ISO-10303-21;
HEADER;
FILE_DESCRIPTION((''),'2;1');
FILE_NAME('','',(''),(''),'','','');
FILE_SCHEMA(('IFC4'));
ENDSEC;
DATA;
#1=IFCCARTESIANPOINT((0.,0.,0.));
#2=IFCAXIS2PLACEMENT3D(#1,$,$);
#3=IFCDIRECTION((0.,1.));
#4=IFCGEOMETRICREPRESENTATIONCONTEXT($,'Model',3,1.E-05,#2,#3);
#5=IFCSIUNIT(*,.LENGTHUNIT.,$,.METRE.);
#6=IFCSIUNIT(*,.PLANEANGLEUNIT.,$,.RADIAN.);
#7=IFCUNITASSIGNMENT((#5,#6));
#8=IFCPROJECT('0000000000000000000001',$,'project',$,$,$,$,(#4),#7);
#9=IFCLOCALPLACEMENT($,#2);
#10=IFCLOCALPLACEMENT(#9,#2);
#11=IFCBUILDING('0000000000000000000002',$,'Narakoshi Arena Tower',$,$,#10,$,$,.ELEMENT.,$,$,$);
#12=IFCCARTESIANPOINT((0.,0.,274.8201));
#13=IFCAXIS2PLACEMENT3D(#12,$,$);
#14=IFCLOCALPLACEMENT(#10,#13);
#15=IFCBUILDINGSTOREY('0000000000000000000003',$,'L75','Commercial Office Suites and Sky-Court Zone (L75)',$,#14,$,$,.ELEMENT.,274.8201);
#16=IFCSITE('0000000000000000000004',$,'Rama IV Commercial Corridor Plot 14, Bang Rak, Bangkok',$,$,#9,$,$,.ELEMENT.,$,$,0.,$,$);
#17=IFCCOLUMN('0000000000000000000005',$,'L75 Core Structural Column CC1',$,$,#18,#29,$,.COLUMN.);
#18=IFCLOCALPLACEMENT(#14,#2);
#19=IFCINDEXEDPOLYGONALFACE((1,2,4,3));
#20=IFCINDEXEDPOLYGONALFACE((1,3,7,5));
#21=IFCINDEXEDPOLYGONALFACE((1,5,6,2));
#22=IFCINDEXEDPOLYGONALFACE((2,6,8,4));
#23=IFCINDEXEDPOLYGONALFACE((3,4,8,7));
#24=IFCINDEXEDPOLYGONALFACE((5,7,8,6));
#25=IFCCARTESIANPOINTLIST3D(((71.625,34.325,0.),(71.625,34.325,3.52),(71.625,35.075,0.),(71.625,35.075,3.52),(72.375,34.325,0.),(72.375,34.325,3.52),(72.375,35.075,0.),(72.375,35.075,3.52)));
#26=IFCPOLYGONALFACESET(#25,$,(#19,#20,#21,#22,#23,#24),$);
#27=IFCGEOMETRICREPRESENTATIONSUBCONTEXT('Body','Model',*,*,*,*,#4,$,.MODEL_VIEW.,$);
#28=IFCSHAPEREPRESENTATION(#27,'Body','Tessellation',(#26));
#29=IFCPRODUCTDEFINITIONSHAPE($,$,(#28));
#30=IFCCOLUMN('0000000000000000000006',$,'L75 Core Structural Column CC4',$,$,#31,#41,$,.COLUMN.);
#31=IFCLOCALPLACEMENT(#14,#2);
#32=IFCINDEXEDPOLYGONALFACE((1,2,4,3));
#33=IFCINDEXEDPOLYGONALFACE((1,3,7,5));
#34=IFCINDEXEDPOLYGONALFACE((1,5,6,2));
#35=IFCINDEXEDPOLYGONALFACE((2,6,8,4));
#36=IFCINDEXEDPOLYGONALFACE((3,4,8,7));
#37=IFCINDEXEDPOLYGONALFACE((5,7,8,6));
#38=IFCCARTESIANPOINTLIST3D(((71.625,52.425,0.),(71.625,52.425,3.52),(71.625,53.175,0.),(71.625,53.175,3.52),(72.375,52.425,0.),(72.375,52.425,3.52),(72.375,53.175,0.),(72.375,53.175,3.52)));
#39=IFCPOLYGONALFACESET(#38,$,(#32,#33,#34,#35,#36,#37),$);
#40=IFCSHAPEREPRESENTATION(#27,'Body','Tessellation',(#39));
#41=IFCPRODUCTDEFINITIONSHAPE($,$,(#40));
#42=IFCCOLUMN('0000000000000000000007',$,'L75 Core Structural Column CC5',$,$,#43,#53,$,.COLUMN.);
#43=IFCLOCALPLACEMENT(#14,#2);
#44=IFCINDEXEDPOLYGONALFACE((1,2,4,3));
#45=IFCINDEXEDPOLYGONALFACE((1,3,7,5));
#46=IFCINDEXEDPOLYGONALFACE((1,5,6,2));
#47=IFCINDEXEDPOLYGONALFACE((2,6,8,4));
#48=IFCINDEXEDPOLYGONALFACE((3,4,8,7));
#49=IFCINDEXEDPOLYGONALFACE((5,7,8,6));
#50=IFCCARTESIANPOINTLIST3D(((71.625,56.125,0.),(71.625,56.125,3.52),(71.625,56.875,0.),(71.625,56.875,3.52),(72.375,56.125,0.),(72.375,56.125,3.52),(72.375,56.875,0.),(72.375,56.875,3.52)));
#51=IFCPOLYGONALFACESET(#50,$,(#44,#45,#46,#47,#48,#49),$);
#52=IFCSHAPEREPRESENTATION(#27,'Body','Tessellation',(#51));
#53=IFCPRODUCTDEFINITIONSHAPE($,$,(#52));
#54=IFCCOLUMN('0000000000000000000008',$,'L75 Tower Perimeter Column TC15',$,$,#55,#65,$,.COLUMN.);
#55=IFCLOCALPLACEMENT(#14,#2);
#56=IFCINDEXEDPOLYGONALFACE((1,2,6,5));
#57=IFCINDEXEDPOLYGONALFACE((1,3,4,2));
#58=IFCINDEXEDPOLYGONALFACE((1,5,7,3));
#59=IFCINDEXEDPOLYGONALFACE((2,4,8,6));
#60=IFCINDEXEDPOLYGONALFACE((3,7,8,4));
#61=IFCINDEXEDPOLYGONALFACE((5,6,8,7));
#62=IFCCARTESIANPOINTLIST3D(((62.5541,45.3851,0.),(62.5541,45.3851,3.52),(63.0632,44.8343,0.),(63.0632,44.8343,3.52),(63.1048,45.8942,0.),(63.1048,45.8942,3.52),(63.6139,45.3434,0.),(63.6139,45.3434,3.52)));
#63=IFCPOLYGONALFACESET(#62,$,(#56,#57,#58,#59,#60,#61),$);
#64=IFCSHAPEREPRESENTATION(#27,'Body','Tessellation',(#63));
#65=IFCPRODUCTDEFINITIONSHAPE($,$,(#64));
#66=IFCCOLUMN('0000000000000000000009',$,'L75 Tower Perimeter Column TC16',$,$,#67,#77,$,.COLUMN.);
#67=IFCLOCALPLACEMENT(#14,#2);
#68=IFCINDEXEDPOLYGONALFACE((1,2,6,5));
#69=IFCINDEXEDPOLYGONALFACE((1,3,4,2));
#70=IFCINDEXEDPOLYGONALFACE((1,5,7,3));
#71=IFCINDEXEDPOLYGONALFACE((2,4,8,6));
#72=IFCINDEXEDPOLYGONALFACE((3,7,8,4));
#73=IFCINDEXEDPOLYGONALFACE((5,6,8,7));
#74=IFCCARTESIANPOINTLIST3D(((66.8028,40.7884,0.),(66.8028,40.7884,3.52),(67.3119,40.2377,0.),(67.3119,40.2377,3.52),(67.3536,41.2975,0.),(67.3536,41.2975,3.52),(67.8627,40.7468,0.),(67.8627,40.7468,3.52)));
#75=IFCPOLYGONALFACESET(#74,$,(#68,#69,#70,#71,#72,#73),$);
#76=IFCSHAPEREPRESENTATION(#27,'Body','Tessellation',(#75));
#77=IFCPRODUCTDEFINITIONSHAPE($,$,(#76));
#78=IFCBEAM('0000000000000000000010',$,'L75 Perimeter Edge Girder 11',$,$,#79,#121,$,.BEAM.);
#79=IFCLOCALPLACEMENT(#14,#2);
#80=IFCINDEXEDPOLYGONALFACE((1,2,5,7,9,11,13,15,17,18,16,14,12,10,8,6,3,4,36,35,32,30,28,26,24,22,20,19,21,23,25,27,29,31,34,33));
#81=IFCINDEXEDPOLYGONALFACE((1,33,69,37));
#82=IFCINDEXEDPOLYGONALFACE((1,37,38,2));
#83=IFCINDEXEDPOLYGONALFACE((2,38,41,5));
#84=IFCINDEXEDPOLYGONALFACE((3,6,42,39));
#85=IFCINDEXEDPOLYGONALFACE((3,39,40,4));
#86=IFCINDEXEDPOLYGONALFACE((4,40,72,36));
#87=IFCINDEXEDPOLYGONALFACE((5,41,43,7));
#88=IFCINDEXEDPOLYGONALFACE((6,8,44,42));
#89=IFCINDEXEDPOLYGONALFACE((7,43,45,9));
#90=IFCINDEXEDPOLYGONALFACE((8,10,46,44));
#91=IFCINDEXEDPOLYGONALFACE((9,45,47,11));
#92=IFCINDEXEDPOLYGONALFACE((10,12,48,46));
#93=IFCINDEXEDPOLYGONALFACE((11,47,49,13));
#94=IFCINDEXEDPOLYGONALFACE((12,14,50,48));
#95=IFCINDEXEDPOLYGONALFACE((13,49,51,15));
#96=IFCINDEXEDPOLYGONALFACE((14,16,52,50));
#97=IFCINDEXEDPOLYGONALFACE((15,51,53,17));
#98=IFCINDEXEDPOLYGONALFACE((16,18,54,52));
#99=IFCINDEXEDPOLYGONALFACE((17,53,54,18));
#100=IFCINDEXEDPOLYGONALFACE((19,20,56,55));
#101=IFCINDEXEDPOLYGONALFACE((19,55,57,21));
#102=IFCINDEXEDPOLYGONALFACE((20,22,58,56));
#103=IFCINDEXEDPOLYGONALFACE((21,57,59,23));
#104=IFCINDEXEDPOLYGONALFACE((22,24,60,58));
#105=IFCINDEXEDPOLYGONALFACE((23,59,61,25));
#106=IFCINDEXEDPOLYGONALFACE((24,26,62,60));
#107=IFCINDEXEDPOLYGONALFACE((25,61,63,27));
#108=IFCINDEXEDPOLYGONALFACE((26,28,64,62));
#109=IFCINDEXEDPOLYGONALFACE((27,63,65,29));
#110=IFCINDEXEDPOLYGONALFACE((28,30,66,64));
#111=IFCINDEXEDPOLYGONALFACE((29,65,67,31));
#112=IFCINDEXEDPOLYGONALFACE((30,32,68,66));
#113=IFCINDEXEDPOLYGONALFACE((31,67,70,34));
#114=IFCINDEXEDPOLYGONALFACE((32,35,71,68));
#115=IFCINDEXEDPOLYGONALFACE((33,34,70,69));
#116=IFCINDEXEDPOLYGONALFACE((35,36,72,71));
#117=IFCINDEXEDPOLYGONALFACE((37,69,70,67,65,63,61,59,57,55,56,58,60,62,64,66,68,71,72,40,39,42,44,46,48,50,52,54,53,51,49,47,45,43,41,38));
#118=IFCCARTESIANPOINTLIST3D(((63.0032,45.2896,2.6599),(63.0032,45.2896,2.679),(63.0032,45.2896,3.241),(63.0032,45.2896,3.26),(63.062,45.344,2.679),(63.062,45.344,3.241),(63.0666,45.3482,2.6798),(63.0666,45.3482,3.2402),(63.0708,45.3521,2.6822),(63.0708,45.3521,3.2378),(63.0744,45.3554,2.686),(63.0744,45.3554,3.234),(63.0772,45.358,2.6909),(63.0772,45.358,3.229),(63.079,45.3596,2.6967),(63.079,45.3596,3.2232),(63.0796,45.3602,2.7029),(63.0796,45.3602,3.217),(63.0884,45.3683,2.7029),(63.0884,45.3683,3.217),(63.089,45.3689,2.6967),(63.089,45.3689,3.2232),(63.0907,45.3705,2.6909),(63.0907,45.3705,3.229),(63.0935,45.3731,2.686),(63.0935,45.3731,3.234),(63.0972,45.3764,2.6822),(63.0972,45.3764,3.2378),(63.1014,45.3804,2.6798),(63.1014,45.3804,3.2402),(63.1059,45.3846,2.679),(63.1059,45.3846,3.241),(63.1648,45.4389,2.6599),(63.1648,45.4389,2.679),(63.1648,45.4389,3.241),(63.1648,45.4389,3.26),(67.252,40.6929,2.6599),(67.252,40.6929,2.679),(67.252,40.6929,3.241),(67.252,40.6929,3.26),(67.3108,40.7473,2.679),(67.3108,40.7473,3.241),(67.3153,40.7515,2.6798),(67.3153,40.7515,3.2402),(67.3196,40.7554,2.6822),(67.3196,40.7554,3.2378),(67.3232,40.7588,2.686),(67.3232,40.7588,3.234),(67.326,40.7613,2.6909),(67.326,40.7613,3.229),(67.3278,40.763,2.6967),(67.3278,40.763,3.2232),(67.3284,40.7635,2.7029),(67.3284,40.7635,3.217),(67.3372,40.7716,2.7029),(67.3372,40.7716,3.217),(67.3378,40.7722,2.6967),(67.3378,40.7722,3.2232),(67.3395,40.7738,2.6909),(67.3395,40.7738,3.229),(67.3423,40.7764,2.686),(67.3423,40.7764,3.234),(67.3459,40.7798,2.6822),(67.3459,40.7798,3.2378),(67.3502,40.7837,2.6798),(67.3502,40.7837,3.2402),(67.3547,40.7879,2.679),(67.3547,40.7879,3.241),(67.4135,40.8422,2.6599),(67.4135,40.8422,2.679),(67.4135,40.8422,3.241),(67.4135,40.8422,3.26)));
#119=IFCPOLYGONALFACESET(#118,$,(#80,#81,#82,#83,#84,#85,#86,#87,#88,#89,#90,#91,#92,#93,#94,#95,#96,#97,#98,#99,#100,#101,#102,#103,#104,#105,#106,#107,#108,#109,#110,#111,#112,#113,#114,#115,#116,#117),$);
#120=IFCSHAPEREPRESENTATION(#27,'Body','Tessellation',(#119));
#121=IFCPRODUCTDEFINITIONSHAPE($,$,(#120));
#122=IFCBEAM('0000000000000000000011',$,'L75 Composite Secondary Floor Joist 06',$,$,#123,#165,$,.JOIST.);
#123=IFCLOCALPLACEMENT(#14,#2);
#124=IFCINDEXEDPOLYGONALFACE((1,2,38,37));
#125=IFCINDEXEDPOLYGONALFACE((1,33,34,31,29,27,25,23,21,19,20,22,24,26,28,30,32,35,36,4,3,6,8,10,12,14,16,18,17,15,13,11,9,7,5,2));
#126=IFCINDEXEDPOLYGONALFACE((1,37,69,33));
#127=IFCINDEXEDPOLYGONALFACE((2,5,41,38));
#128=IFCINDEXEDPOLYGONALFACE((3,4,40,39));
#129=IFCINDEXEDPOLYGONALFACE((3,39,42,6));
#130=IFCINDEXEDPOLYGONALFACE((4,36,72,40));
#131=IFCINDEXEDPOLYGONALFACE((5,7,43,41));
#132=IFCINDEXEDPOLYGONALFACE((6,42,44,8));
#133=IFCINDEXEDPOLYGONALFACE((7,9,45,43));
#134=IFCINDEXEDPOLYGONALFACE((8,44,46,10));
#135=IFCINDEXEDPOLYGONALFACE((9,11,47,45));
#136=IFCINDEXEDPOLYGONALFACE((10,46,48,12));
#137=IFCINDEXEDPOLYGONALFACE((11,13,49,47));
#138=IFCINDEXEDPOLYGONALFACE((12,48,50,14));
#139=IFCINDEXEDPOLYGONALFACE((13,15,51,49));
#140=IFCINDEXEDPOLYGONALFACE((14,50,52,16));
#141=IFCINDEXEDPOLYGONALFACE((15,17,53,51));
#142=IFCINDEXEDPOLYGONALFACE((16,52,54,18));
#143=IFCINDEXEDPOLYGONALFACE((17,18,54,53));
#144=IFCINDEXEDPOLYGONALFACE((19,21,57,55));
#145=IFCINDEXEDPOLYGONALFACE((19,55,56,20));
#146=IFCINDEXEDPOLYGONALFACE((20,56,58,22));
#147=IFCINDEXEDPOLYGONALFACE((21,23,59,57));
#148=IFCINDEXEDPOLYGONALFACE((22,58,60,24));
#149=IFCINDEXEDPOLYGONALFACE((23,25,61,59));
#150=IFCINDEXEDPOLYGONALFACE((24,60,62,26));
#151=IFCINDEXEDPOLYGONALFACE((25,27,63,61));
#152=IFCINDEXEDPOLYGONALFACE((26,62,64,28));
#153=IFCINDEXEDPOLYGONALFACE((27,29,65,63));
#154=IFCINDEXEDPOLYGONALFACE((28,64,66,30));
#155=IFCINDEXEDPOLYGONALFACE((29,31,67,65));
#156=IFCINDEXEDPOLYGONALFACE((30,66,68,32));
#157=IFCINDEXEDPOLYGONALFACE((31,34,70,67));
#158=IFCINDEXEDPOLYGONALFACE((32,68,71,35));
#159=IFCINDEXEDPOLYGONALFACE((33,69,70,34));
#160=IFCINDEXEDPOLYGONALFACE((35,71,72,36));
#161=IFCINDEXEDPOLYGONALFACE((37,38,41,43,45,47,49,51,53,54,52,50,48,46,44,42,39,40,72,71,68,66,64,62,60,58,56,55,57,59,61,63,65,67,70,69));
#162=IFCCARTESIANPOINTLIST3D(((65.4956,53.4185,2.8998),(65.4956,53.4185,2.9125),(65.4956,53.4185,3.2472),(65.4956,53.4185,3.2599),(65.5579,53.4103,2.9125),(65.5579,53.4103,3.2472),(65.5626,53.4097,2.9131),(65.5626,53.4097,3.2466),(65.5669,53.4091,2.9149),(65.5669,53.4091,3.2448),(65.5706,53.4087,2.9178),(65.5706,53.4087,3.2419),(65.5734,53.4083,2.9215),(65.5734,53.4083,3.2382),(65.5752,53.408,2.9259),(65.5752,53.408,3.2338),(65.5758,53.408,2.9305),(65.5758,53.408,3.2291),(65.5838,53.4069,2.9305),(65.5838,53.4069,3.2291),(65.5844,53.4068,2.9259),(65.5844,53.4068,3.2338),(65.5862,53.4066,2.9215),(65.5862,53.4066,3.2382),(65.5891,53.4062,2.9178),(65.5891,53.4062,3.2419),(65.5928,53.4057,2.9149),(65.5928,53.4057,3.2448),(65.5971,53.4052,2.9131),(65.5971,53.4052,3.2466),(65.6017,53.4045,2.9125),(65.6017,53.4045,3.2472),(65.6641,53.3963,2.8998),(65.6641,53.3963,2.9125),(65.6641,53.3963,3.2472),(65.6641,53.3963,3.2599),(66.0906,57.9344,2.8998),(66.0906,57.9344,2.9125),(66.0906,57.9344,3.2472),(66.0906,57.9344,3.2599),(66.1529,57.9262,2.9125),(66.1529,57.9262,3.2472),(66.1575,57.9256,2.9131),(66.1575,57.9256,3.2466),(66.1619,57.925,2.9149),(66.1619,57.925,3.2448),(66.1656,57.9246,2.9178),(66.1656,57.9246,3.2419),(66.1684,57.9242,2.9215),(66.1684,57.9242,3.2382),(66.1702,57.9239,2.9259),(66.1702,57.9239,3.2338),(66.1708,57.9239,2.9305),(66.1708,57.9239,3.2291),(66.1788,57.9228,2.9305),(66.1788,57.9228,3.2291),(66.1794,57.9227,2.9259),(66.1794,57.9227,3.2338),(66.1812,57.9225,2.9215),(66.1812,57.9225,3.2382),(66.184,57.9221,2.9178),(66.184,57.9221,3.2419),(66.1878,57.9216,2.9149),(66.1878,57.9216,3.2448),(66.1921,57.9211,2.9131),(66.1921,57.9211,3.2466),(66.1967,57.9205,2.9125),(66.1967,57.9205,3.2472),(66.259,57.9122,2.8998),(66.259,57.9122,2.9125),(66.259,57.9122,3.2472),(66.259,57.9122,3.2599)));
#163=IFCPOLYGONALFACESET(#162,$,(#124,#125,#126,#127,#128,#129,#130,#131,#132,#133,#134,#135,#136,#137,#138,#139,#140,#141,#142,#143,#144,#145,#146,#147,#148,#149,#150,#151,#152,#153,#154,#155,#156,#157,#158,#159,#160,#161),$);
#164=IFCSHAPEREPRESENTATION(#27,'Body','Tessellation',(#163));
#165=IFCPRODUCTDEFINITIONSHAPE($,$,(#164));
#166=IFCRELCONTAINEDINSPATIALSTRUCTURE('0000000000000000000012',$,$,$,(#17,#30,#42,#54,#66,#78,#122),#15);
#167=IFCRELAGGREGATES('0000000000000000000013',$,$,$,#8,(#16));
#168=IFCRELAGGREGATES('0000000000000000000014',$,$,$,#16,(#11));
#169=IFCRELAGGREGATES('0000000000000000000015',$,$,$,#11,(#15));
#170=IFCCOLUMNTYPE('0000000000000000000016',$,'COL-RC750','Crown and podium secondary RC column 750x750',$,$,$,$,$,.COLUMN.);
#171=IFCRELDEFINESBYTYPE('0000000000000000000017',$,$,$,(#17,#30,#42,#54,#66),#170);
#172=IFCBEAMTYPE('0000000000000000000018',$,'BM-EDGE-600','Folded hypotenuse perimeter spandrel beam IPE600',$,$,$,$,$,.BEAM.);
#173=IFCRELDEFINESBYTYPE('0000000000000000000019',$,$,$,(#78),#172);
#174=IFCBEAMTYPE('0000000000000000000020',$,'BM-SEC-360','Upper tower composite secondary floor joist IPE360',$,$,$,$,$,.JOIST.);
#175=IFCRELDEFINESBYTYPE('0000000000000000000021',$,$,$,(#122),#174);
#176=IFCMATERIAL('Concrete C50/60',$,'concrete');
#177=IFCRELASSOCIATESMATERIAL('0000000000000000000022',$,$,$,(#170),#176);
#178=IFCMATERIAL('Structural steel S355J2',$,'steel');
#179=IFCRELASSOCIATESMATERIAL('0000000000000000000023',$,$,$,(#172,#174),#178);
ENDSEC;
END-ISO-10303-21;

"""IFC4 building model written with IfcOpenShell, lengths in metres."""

from ifc_helpers import new_model, si_unit, direction, frame, origin, origin_2d, place, context, subcontext, project, spatial, rectangle, i_section, extrude, material, material_profile, profile_set, type_object, element, save


model = new_model("IFC4")

# Units and contexts
model_context = context("Model", 3, precision=1e-05, world=origin(), true_north=direction((0.0, 1.0)))
body_context = subcontext(model_context, "Body", "Model", "MODEL_VIEW")
ifc_project = project(units=[si_unit("LENGTHUNIT", "METRE"), si_unit("PLANEANGLEUNIT", "RADIAN")], contexts=[model_context])

# Site, building, storey
site_placement = place(None, origin())
site = spatial("IfcSite", under=ifc_project, at=site_placement, Name="Rama IV Commercial Corridor Plot 14, Bang Rak, Bangkok", CompositionType="ELEMENT", RefElevation=0.0)
building_placement = place(site_placement, origin())
building = spatial("IfcBuilding", under=site, at=building_placement, Name="Narakoshi Arena Tower", CompositionType="ELEMENT")
storey_placement = place(building_placement, frame((0.0, 0.0, 274.8201)))
storey = spatial("IfcBuildingStorey", under=building, at=storey_placement, Name="L75", Description="Commercial Office Suites and Sky-Court Zone (L75)", CompositionType="ELEMENT", Elevation=274.8201)

# Columns
ifc_material_1 = material(Name="Concrete C50/60", Category="concrete")
ifc_material_profile_1 = material_profile(ifc_material_1, rectangle(XDim=0.75, YDim=0.75, at=origin_2d()), Name="RC750x750")
ifc_profile_set_1 = profile_set([ifc_material_profile_1], Name="Concrete C50/60")
column_type = type_object("IfcColumnType", Name="COL-RC750", Description="Crown and podium secondary RC column 750x750", PredefinedType="COLUMN", material=ifc_profile_set_1)
for number, where, z_axis, x_axis, name in (
    (1, (72.0, 34.7, 0.0), (0.0, 0.0, 1.0), (1.0, 0.0, 0.0), "L75 Core Structural Column CC1"),
    (2, (72.0, 52.8, 0.0), (0.0, 0.0, 1.0), (1.0, 0.0, 0.0), "L75 Core Structural Column CC4"),
    (3, (72.0, 56.5, 0.0), (0.0, 0.0, 1.0), (1.0, 0.0, 0.0), "L75 Core Structural Column CC5"),
    (4, (63.084, 45.3643, 0.0), (0.0, 0.0, 1.0), (-0.678801, 0.734323, 0.0), "L75 Tower Perimeter Column TC15"),
    (5, (67.3328, 40.7676, 0.0), (0.0, 0.0, 1.0), (-0.678801, 0.734323, 0.0), "L75 Tower Perimeter Column TC16"),
):
    element("IfcColumn", number, at=place(storey_placement, frame(where, z_axis=z_axis, x_axis=x_axis)), inside=storey, type_object=column_type, Name=name, PredefinedType="COLUMN", context=body_context, shape_type="SweptSolid", body=[
        extrude(rectangle(XDim=0.75, YDim=0.75, at=origin_2d()), origin(), (0.0, 0.0, 1.0), 3.52),
    ])

# Beams
ifc_material_2 = material(Name="Structural steel S355J2", Category="steel")
ifc_material_profile_2 = material_profile(ifc_material_2, i_section(OverallWidth=0.22, OverallDepth=0.6001, WebThickness=0.012, FlangeThickness=0.019, FilletRadius=0.0239, at=origin_2d()), Name="IPE600")
ifc_profile_set_2 = profile_set([ifc_material_profile_2], Name="Structural steel S355J2")
beam_type_1 = type_object("IfcBeamType", Name="BM-EDGE-600", Description="Folded hypotenuse perimeter spandrel beam IPE600", PredefinedType="BEAM", material=ifc_profile_set_2)
beam_1_placement = place(storey_placement, frame((63.084, 45.3643, 2.96), z_axis=(0.678771, -0.73435, 0.0), x_axis=(0.73435, 0.678771, 0.0)))
element("IfcBeam", 6, at=beam_1_placement, inside=storey, type_object=beam_type_1, Name="L75 Perimeter Edge Girder 11", PredefinedType="BEAM", context=body_context, shape_type="SweptSolid", body=[
    extrude(i_section(OverallWidth=0.22, OverallDepth=0.6001, WebThickness=0.012, FlangeThickness=0.019, FilletRadius=0.0239, at=origin_2d()), origin(), (0.0, 0.0, 1.0), 6.2595),
])
ifc_material_profile_3 = material_profile(ifc_material_2, i_section(OverallWidth=0.1699, OverallDepth=0.3601, WebThickness=0.0081, FlangeThickness=0.0127, FilletRadius=0.0181, at=origin_2d()), Name="IPE360")
ifc_profile_set_3 = profile_set([ifc_material_profile_3], Name="Structural steel S355J2")
beam_type_2 = type_object("IfcBeamType", Name="BM-SEC-360", Description="Upper tower composite secondary floor joist IPE360", PredefinedType="JOIST", material=ifc_profile_set_3)
beam_2_placement = place(storey_placement, frame((66.1748, 57.9233, 3.0798), z_axis=(-0.130622, -0.991432, 0.0), x_axis=(0.991432, -0.130622, 0.0)))
element("IfcBeam", 7, at=beam_2_placement, inside=storey, type_object=beam_type_2, Name="L75 Composite Secondary Floor Joist 06", PredefinedType="JOIST", context=body_context, shape_type="SweptSolid", body=[
    extrude(i_section(OverallWidth=0.1699, OverallDepth=0.3601, WebThickness=0.0081, FlangeThickness=0.0127, FilletRadius=0.0181, at=origin_2d()), origin(), (0.0, 0.0, 1.0), 4.5549),
])

save(model, "model.ifc")
